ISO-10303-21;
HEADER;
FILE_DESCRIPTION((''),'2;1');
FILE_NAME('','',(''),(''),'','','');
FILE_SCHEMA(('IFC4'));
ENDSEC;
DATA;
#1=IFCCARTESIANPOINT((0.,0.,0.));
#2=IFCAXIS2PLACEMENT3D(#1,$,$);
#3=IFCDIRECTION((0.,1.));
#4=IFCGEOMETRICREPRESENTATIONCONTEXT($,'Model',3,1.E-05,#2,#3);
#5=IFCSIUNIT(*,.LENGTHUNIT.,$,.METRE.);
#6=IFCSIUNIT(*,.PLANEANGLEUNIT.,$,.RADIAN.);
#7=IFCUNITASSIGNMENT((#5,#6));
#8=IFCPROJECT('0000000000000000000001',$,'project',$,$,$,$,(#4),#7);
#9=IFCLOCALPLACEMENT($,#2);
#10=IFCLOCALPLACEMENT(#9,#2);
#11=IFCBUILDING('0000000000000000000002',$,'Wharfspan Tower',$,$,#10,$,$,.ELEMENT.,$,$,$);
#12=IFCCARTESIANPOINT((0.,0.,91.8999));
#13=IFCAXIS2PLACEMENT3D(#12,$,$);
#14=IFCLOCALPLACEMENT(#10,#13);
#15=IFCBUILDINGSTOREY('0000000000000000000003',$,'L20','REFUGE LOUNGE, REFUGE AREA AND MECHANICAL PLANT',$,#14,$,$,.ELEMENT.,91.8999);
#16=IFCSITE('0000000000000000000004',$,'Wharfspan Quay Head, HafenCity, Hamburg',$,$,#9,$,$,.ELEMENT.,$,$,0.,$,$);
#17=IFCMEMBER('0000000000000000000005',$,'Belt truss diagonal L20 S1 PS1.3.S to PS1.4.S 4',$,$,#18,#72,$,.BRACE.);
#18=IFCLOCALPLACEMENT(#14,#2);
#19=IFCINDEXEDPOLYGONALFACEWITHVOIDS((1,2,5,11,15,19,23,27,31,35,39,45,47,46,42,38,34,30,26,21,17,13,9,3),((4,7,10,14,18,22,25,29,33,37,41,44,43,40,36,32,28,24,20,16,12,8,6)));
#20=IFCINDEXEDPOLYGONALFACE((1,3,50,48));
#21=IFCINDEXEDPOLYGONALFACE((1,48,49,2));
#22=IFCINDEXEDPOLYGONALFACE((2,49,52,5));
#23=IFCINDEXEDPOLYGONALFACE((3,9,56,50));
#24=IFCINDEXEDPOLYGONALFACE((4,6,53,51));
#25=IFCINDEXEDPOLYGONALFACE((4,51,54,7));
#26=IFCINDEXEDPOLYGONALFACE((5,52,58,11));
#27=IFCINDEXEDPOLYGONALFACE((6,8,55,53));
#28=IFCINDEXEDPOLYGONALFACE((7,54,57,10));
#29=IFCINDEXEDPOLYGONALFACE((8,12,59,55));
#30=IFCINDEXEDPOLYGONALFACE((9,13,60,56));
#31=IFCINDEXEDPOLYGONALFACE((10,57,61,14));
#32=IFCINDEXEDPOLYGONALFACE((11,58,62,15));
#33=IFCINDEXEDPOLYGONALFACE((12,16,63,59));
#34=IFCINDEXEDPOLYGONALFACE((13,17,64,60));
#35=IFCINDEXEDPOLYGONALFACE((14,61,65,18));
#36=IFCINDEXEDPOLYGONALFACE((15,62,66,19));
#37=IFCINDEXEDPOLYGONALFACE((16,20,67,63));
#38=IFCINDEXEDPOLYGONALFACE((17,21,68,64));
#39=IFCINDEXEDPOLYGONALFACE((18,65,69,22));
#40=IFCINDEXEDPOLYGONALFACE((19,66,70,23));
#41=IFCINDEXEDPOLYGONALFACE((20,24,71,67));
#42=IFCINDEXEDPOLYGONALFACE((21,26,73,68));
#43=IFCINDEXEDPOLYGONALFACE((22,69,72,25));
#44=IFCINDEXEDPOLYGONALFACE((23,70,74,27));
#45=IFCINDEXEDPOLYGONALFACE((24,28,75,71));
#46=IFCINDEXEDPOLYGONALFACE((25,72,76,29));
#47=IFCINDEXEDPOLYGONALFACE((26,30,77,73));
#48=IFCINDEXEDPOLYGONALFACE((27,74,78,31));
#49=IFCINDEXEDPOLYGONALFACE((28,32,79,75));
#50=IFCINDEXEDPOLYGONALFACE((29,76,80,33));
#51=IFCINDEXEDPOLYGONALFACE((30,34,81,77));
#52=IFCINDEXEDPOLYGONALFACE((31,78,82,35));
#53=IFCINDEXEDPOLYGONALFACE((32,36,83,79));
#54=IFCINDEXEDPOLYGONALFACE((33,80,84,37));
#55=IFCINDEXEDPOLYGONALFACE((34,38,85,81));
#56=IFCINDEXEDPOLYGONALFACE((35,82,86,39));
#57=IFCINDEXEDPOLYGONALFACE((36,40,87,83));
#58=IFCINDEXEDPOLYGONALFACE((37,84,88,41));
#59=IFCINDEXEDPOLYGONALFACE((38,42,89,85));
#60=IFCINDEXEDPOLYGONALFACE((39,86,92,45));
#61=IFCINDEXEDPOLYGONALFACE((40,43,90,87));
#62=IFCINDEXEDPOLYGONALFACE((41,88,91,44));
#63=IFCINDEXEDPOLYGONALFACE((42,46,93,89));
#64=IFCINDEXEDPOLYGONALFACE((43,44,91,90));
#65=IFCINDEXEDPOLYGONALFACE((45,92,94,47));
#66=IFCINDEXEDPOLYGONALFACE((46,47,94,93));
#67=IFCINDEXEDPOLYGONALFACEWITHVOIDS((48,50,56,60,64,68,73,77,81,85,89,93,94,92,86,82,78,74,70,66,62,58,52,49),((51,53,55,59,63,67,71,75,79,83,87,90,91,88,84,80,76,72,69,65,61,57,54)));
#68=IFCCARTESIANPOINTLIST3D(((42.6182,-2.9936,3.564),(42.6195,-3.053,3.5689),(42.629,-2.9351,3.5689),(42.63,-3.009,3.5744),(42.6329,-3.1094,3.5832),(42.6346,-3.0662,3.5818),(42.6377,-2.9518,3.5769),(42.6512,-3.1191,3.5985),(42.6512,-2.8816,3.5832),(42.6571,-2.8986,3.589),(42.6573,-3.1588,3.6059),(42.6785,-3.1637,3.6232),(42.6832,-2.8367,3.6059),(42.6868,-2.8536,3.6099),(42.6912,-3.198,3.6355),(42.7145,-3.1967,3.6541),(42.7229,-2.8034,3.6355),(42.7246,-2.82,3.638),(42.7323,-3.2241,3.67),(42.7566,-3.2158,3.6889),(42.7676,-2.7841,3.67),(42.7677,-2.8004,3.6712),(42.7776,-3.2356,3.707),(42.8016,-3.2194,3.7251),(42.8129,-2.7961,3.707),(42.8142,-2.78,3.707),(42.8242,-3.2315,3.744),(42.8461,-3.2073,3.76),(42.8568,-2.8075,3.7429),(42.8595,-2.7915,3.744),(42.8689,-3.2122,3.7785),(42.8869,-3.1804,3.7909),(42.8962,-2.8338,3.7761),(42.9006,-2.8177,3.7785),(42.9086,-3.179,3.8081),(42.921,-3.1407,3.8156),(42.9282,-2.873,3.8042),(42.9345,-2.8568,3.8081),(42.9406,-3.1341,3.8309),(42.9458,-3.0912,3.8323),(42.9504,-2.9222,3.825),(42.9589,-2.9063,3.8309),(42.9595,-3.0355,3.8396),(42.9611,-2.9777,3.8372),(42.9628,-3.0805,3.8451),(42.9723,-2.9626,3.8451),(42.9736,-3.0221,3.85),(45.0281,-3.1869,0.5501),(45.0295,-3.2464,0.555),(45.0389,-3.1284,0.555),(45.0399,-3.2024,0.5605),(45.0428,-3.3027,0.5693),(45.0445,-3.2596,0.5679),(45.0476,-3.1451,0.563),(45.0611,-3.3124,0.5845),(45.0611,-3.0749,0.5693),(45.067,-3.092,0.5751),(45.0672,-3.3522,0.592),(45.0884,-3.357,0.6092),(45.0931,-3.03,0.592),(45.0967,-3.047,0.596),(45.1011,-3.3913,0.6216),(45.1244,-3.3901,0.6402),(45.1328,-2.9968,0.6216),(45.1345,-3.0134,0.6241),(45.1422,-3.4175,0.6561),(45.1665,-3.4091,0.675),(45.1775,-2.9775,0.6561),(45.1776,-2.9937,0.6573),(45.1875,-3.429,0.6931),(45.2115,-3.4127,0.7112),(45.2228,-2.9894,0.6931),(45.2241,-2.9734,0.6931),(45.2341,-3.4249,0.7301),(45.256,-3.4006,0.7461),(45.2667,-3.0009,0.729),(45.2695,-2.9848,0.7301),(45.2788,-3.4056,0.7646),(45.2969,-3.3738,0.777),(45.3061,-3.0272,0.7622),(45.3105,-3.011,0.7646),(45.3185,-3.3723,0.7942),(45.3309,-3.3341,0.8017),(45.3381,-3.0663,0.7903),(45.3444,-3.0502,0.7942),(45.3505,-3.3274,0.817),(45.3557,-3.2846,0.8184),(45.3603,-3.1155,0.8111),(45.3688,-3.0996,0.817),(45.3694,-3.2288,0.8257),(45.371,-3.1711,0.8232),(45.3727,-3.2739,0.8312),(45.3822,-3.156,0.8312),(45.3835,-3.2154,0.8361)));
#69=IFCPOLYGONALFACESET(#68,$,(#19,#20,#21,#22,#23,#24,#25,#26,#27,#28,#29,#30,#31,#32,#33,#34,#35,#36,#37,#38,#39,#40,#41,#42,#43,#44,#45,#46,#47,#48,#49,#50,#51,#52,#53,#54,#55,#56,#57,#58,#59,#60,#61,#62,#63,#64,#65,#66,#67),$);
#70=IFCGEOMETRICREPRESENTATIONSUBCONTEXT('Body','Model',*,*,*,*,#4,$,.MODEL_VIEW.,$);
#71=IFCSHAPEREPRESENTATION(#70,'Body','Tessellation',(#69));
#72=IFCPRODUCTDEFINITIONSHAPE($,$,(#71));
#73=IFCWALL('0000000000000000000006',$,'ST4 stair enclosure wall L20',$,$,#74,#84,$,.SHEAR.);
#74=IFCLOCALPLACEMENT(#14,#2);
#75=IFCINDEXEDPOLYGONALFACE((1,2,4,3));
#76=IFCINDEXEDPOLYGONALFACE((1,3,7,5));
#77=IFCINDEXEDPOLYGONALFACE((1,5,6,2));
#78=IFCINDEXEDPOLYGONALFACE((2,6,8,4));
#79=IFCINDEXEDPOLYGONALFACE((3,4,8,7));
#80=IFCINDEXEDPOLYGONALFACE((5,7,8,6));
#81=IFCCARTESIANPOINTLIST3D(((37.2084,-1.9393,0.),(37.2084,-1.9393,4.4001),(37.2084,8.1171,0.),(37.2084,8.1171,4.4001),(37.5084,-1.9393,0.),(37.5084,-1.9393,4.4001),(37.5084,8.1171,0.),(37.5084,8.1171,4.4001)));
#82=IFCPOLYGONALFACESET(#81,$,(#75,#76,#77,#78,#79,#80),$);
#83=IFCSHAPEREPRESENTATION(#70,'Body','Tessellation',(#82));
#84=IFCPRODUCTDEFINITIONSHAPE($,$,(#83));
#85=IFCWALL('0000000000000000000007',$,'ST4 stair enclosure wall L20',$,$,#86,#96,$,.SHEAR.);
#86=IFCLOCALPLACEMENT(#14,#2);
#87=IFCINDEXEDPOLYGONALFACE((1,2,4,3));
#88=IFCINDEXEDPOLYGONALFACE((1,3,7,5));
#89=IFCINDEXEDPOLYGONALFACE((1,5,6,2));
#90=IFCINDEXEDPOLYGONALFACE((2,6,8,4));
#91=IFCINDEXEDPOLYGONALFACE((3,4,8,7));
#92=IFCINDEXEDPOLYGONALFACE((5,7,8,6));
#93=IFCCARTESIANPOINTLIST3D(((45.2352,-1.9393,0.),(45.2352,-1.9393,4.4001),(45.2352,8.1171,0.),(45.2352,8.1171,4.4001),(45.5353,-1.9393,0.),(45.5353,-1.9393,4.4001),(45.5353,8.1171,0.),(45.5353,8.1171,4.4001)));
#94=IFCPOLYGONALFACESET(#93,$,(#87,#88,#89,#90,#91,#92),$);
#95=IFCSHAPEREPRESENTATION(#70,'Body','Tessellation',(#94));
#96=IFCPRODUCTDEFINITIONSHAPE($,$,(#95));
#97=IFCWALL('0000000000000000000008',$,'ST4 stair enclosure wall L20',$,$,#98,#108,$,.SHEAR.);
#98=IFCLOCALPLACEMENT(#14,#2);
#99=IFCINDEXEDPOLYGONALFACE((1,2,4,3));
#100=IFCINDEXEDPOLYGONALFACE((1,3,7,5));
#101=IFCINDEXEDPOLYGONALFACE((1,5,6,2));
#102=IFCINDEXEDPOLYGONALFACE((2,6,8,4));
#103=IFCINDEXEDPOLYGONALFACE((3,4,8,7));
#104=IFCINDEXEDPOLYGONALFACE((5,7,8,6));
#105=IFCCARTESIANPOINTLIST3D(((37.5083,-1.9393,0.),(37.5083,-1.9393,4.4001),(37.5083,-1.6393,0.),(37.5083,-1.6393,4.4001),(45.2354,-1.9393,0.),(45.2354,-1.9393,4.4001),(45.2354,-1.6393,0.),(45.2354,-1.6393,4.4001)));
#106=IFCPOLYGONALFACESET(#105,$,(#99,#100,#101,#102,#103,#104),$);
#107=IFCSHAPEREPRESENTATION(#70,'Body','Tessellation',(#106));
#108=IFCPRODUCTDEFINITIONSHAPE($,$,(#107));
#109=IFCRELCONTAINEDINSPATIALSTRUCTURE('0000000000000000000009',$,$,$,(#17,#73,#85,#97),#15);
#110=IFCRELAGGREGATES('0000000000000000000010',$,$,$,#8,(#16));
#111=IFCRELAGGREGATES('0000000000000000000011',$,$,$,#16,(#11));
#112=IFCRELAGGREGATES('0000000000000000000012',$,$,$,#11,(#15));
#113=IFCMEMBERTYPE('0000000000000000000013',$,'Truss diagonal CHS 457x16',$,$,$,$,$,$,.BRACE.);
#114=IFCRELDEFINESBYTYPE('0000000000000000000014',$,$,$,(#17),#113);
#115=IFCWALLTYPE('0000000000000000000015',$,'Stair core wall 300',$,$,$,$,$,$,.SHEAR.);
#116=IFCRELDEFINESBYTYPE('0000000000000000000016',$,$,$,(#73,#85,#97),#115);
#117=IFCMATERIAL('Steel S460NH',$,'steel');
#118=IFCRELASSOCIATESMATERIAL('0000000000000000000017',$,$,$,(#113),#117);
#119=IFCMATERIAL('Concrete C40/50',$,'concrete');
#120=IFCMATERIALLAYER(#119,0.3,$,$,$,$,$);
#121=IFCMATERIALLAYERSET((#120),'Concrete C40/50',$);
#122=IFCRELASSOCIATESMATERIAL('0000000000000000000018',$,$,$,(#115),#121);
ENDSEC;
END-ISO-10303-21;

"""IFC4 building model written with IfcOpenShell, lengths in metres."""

from ifc_helpers import new_model, si_unit, direction, frame, frame_2d, origin, origin_2d, place, context, subcontext, project, spatial, rectangle, hollow_circle, extrude, material, layer, layer_set, material_profile, profile_set, type_object, element, save


model = new_model("IFC4")

# Units and contexts
model_context = context("Model", 3, precision=1e-05, world=origin(), true_north=direction((0.0, 1.0)))
body_context = subcontext(model_context, "Body", "Model", "MODEL_VIEW")
ifc_project = project(units=[si_unit("LENGTHUNIT", "METRE"), si_unit("PLANEANGLEUNIT", "RADIAN")], contexts=[model_context])

# Site, building, storey
site_placement = place(None, origin())
site = spatial("IfcSite", under=ifc_project, at=site_placement, Name="Wharfspan Quay Head, HafenCity, Hamburg", CompositionType="ELEMENT", RefElevation=0.0)
building_placement = place(site_placement, origin())
building = spatial("IfcBuilding", under=site, at=building_placement, Name="Wharfspan Tower", CompositionType="ELEMENT")
storey_placement = place(building_placement, frame((0.0, 0.0, 91.8999)))
storey = spatial("IfcBuildingStorey", under=building, at=storey_placement, Name="L20", Description="REFUGE LOUNGE, REFUGE AREA AND MECHANICAL PLANT", CompositionType="ELEMENT", Elevation=91.8999)

# Member
ifc_material_1 = material(Name="Steel S460NH", Category="steel")
ifc_material_profile_1 = material_profile(ifc_material_1, hollow_circle(Radius=0.2285, WallThickness=0.0161, at=origin_2d()))
ifc_profile_set_1 = profile_set([ifc_material_profile_1], Name="Steel S460NH")
member_type = type_object("IfcMemberType", Name="Truss diagonal CHS 457x16", PredefinedType="BRACE", material=ifc_profile_set_1)
for number, where, z_axis, x_axis, name in (
    (1, (42.7959, -3.0078, 3.707), (0.62372, -0.050044, -0.780044), (0.07998, 0.996794, 0.000002), "Belt truss diagonal L20 S1 PS1.3.S to PS1.4.S 4"),
):
    element("IfcMember", number, at=place(storey_placement, frame(where, z_axis=z_axis, x_axis=x_axis)), inside=storey, type_object=member_type, Name=name, PredefinedType="BRACE", context=body_context, shape_type="SweptSolid", body=[
        extrude(hollow_circle(Radius=0.2285, WallThickness=0.0161, at=origin_2d()), origin(), (0.0, 0.0, 1.0), 3.8638),
    ])

# Walls
ifc_material_2 = material(Name="Concrete C40/50", Category="concrete")
ifc_layer = layer(ifc_material_2, 0.3)
ifc_layer_set = layer_set([ifc_layer], Name="Concrete C40/50")
wall_type = type_object("IfcWallType", Name="Stair core wall 300", PredefinedType="SHEAR", material=ifc_layer_set)
for number, where, z_axis, x_axis, name in (
    (2, (37.3584, -1.9395, 0.0), (0.0, 0.0, 1.0), (0.0, 1.0, 0.0), "ST4 stair enclosure wall L20"),
    (3, (45.3853, -1.9395, 0.0), (0.0, 0.0, 1.0), (0.0, 1.0, 0.0), "ST4 stair enclosure wall L20"),
):
    element("IfcWall", number, at=place(storey_placement, frame(where, z_axis=z_axis, x_axis=x_axis)), inside=storey, type_object=wall_type, Name=name, PredefinedType="SHEAR", context=body_context, shape_type="SweptSolid", body=[
        extrude(rectangle(XDim=10.0564, YDim=0.3, at=frame_2d((5.0283, 0.0))), origin(), (0.0, 0.0, 1.0), 4.4001),
    ])
wall_placement = place(storey_placement, frame((37.5083, -1.7893, 0.0), z_axis=(0.0, 0.0, 1.0), x_axis=(1.0, 0.0, 0.0)))
element("IfcWall", 4, at=wall_placement, inside=storey, type_object=wall_type, Name="ST4 stair enclosure wall L20", PredefinedType="SHEAR", context=body_context, shape_type="SweptSolid", body=[
    extrude(rectangle(XDim=7.7271, YDim=0.3, at=frame_2d((3.8635, 0.0))), origin(), (0.0, 0.0, 1.0), 4.4001),
])

save(model, "model.ifc")
